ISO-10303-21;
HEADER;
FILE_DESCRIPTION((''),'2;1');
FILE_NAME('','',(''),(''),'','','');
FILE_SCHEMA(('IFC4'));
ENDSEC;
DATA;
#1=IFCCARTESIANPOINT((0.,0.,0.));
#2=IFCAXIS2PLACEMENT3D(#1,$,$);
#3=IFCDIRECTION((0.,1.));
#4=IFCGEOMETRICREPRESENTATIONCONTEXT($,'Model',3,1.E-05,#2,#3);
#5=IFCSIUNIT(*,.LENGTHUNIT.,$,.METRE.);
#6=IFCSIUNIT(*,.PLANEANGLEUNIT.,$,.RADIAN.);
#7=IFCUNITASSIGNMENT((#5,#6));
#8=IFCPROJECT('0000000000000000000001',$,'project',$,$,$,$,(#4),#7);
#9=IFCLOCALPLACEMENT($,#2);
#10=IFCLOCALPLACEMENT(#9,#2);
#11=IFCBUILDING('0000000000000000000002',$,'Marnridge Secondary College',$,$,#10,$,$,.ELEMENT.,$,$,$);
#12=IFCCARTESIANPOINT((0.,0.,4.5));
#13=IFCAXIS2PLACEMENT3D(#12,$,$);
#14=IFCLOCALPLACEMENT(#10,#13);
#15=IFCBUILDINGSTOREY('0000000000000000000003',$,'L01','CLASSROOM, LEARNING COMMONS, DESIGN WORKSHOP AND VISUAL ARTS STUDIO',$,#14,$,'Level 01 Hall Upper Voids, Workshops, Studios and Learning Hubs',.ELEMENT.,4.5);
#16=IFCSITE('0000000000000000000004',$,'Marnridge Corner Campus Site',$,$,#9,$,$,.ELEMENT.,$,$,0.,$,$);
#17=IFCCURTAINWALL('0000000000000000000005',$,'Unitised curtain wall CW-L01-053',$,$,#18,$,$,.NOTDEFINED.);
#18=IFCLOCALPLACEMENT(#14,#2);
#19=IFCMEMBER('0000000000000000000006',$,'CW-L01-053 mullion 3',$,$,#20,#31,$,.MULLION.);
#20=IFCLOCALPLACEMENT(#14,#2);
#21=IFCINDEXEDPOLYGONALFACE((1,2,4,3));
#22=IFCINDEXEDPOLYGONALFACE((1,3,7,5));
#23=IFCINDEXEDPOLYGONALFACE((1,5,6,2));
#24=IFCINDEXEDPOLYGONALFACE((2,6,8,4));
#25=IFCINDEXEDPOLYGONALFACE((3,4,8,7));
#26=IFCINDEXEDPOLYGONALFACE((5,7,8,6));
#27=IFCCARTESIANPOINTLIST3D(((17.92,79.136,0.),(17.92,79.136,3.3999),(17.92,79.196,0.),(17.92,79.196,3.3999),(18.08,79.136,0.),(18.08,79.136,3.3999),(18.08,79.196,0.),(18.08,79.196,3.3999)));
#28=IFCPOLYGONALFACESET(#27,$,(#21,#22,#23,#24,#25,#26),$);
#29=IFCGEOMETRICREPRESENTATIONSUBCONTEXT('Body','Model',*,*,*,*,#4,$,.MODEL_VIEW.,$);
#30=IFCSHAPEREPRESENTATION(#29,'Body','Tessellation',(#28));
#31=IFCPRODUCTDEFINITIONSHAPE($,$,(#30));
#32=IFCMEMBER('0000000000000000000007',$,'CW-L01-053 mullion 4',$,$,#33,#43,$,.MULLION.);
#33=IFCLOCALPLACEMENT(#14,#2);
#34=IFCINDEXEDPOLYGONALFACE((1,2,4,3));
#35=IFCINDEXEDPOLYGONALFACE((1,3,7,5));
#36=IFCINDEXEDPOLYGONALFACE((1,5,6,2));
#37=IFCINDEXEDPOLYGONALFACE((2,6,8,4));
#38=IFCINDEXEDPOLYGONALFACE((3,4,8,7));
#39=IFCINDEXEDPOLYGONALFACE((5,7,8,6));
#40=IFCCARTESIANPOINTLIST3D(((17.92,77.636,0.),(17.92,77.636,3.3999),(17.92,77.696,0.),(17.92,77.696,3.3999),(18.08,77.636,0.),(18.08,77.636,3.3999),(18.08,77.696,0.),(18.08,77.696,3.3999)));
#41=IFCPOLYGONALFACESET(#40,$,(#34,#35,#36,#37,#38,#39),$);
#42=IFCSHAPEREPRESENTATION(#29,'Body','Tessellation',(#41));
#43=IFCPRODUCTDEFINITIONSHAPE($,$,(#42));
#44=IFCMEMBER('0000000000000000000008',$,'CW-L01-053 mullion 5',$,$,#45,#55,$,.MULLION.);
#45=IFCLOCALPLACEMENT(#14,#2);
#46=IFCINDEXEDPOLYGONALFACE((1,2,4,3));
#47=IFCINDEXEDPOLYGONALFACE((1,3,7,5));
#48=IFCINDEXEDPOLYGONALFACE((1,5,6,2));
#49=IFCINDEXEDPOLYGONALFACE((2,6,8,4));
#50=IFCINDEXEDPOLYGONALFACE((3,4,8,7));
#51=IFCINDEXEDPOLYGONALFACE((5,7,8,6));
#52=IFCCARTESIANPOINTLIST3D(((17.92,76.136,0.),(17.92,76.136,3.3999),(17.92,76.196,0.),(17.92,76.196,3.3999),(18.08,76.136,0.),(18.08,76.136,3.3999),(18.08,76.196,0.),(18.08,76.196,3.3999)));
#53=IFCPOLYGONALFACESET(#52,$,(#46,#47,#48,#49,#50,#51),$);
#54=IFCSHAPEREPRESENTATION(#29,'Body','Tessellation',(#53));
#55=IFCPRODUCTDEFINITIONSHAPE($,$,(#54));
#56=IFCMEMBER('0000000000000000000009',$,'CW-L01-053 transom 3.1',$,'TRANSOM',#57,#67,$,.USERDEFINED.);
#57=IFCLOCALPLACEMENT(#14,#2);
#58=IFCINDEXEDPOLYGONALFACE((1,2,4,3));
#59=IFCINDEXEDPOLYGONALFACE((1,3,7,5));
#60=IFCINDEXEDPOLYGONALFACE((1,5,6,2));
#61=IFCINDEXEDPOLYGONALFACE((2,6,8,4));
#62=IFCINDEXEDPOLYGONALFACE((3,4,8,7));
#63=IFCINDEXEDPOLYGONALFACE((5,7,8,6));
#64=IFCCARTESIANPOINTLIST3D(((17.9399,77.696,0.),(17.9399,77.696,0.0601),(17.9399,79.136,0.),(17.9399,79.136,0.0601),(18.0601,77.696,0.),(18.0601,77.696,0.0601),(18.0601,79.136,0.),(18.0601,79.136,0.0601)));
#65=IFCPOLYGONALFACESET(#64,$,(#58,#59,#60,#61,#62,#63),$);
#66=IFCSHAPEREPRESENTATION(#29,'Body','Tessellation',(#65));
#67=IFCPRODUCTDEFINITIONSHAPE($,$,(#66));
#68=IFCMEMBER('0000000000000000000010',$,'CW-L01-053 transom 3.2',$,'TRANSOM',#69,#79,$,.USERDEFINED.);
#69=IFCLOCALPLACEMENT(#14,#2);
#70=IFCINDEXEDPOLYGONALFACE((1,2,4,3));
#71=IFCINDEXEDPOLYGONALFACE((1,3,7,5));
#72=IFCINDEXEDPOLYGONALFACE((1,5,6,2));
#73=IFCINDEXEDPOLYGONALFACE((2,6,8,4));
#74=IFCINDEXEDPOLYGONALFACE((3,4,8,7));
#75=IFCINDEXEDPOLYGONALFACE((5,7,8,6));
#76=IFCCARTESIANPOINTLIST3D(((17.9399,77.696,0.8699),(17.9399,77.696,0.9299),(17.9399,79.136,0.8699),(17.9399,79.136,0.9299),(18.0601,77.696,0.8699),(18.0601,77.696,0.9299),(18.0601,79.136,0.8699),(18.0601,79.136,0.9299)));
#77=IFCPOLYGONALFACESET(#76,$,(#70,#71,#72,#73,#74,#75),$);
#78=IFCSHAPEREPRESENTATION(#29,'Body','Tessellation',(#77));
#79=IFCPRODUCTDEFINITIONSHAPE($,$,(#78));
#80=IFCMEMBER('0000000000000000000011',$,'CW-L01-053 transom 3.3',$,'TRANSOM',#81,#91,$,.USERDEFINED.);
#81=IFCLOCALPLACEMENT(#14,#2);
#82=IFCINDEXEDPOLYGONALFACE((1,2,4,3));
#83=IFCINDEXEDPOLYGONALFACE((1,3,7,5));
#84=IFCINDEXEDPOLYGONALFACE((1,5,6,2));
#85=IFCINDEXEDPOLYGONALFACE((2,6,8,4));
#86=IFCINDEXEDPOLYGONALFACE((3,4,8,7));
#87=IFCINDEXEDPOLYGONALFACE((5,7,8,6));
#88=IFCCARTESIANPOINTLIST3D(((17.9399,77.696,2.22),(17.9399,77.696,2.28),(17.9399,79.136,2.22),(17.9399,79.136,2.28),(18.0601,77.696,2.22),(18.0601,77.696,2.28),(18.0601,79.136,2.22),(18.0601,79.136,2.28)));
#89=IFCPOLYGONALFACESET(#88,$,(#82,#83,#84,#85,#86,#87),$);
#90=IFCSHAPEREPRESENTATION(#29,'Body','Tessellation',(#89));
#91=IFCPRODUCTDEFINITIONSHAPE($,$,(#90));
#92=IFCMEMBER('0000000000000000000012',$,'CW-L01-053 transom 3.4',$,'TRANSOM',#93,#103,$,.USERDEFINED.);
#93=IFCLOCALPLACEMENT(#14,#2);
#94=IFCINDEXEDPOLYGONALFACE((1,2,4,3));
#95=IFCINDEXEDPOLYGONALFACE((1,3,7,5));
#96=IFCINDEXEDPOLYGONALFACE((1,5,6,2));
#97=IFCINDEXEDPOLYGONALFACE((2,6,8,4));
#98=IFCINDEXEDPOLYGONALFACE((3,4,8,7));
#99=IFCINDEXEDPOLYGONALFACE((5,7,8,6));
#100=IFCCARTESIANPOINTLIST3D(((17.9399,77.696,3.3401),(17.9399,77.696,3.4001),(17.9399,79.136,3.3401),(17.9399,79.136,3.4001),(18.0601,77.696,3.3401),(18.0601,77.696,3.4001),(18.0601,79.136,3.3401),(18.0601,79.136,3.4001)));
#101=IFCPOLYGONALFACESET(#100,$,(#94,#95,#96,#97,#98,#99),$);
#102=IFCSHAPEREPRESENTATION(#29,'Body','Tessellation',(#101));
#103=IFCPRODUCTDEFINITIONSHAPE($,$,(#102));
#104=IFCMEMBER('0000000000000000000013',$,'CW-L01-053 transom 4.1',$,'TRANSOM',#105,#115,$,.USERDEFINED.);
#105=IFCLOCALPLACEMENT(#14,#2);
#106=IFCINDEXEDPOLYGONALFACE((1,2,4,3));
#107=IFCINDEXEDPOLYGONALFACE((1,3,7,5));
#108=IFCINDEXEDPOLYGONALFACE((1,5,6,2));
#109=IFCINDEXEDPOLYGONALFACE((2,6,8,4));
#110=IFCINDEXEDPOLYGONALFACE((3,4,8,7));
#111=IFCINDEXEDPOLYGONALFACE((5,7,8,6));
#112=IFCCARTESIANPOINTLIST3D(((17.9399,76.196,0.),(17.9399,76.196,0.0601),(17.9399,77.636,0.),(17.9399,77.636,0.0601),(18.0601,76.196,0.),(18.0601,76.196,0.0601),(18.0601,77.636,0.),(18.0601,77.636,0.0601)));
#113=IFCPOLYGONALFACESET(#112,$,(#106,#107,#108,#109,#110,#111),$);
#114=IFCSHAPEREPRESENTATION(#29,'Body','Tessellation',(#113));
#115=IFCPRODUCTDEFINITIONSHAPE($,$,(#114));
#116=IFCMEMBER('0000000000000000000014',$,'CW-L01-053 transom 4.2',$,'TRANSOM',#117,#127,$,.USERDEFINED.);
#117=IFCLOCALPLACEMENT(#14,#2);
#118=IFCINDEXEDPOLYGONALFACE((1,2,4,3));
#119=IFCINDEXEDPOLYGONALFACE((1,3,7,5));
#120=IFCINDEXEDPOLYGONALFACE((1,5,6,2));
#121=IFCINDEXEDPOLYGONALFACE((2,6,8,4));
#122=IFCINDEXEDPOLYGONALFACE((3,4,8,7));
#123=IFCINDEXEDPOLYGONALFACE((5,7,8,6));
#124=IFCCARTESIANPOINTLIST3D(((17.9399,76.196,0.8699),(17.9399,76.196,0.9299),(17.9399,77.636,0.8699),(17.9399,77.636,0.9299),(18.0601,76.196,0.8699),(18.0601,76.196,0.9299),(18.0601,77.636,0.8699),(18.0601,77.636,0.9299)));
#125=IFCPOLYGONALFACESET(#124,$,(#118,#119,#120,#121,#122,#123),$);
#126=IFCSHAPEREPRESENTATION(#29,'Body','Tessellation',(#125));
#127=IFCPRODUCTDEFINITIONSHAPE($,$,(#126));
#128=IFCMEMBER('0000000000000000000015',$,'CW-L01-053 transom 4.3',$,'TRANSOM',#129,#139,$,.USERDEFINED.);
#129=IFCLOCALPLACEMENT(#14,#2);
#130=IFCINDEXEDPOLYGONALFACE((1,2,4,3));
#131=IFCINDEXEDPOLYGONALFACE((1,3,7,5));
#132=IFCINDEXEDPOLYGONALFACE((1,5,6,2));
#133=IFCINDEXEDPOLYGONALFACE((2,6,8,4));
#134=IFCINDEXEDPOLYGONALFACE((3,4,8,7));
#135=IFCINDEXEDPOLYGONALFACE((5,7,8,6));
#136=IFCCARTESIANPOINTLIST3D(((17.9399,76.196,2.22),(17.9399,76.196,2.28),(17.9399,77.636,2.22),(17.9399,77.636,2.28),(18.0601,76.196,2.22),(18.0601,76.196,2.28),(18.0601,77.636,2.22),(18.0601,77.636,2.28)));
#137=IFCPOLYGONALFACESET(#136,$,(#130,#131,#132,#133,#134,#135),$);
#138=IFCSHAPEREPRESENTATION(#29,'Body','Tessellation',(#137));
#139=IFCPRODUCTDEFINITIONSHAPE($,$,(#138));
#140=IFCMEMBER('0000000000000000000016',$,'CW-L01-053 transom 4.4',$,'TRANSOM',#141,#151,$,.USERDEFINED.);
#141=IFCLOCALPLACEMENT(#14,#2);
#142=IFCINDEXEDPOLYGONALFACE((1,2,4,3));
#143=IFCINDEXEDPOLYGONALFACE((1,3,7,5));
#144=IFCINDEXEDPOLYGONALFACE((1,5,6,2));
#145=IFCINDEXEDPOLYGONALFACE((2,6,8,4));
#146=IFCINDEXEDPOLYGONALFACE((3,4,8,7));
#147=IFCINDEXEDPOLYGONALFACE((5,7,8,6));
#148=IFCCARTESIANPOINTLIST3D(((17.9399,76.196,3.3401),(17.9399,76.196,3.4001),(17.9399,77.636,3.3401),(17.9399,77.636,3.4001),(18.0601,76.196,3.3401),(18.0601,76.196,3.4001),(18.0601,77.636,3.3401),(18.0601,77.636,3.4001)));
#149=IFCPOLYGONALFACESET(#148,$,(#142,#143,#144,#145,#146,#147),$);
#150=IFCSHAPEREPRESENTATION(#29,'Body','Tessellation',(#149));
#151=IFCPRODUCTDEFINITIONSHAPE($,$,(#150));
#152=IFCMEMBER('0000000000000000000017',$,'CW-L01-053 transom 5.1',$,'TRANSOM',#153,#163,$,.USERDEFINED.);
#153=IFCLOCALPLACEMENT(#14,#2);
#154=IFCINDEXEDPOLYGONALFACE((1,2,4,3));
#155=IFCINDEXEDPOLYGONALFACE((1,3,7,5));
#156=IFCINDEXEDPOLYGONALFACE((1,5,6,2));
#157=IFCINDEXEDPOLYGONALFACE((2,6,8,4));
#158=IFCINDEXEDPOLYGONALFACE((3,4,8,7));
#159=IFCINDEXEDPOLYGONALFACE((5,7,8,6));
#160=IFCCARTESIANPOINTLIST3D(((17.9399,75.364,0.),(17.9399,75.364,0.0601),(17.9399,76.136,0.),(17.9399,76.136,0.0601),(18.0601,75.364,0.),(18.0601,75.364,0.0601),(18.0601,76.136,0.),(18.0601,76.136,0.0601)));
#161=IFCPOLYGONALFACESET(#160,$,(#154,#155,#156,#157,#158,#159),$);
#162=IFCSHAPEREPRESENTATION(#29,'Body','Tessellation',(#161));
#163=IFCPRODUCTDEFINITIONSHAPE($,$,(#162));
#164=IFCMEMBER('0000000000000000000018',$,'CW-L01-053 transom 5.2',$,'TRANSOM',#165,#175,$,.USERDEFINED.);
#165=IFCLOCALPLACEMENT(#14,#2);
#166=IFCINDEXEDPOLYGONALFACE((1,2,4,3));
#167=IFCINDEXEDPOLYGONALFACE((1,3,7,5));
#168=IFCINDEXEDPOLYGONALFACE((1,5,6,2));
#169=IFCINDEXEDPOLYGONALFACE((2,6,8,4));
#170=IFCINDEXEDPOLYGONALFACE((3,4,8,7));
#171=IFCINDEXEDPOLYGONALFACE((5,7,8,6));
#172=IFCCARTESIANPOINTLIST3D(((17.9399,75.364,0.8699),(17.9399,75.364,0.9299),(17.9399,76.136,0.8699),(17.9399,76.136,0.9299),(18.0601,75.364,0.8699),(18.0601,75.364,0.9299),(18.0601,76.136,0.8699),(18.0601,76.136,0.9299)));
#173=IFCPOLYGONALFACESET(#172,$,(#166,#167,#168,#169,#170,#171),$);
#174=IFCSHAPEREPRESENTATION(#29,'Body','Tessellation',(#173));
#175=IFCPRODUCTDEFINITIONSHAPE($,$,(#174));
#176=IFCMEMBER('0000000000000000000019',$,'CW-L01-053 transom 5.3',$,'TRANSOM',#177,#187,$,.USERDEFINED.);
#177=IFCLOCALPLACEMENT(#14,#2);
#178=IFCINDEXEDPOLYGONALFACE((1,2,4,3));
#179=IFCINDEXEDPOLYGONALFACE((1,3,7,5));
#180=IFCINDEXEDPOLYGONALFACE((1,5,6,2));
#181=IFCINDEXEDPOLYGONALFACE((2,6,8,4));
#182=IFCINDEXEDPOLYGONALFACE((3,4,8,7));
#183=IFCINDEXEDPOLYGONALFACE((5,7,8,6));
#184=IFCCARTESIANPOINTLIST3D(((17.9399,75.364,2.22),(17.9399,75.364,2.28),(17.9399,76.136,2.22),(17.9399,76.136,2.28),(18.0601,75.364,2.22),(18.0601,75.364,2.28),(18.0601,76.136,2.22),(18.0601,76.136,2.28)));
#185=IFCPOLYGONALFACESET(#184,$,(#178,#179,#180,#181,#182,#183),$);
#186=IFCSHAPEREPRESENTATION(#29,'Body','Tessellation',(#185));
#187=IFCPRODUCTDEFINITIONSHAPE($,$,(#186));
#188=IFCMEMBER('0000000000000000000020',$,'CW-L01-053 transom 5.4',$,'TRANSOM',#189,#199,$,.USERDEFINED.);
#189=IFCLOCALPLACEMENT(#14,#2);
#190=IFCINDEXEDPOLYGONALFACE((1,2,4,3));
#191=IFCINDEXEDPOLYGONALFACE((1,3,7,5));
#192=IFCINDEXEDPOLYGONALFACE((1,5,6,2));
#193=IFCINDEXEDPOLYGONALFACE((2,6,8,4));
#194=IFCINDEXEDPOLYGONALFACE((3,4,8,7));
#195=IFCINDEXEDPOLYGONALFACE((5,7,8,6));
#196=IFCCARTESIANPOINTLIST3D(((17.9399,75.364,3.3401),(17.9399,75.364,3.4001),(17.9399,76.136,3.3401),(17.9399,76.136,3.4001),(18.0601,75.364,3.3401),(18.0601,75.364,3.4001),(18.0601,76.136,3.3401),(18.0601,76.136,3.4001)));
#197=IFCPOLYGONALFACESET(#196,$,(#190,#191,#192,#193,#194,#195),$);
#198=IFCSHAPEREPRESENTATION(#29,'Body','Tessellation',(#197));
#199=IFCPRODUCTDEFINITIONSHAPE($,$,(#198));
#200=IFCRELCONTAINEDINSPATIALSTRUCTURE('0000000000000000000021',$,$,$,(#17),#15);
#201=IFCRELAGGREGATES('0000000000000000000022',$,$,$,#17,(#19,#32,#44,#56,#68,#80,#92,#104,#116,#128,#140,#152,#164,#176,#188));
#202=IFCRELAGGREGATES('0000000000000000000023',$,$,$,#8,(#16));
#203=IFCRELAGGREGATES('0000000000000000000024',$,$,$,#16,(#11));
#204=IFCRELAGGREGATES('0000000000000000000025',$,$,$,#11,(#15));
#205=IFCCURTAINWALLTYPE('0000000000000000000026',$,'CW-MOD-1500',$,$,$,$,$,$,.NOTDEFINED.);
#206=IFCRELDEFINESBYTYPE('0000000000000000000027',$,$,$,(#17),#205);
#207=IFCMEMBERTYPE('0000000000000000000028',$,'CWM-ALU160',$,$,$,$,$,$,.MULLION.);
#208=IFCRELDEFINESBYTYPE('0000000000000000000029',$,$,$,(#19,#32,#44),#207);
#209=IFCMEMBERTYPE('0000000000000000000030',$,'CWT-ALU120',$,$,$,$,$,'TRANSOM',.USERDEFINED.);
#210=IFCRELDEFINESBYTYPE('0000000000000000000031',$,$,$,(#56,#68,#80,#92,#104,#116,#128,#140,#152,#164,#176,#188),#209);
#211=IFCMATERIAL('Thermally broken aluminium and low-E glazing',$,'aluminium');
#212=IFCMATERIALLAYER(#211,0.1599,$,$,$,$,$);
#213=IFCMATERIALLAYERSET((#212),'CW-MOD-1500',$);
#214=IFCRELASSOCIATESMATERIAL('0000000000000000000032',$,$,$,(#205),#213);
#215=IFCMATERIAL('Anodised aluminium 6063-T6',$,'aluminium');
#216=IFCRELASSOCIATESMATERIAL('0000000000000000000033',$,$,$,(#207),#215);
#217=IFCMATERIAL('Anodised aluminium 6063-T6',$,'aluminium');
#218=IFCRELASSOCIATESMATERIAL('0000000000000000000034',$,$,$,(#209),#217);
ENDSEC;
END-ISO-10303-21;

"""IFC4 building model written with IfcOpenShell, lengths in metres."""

from ifc_helpers import new_model, si_unit, direction, frame, origin, origin_2d, place, context, subcontext, project, spatial, rectangle, extrude, material, layer, layer_set, material_profile, profile_set, type_object, element, aggregate, save


model = new_model("IFC4")

# Units and contexts
model_context = context("Model", 3, precision=1e-05, world=origin(), true_north=direction((0.0, 1.0)))
body_context = subcontext(model_context, "Body", "Model", "MODEL_VIEW")
ifc_project = project(units=[si_unit("LENGTHUNIT", "METRE"), si_unit("PLANEANGLEUNIT", "RADIAN")], contexts=[model_context])

# Site, building, storey
site_placement = place(None, origin())
site = spatial("IfcSite", under=ifc_project, at=site_placement, Name="Marnridge Corner Campus Site", CompositionType="ELEMENT", RefElevation=0.0)
building_placement = place(site_placement, origin())
building = spatial("IfcBuilding", under=site, at=building_placement, Name="Marnridge Secondary College", CompositionType="ELEMENT")
storey_placement = place(building_placement, frame((0.0, 0.0, 4.5)))
storey = spatial("IfcBuildingStorey", under=building, at=storey_placement, Name="L01", Description="CLASSROOM, LEARNING COMMONS, DESIGN WORKSHOP AND VISUAL ARTS STUDIO", LongName="Level 01 Hall Upper Voids, Workshops, Studios and Learning Hubs", CompositionType="ELEMENT", Elevation=4.5)

# Curtain wall, members
ifc_material_1 = material(Name="Thermally broken aluminium and low-E glazing", Category="aluminium")
ifc_layer_1 = layer(ifc_material_1, 0.1599)
ifc_layer_set_1 = layer_set([ifc_layer_1], Name="CW-MOD-1500")
curtain_wall_type = type_object("IfcCurtainWallType", Name="CW-MOD-1500", PredefinedType="NOTDEFINED", material=ifc_layer_set_1)
curtain_wall_placement = place(storey_placement, origin())
curtain_wall = element("IfcCurtainWall", 1, at=curtain_wall_placement, inside=storey, type_object=curtain_wall_type, Name="Unitised curtain wall CW-L01-053", PredefinedType="NOTDEFINED")
ifc_material_2 = material(Name="Anodised aluminium 6063-T6", Category="aluminium")
ifc_material_profile_1 = material_profile(ifc_material_2, rectangle(XDim=0.0601, YDim=0.1599, at=origin_2d()), Name="ALU 60x160")
ifc_profile_set_1 = profile_set([ifc_material_profile_1], Name="Anodised aluminium 6063-T6")
member_type_1 = type_object("IfcMemberType", Name="CWM-ALU160", PredefinedType="MULLION", material=ifc_profile_set_1)
member_1_placement = place(storey_placement, frame((18.0, 79.166, 0.0), z_axis=(0.0, 0.0, 1.0), x_axis=(0.0, -1.0, 0.0)))
member_1 = element("IfcMember", 2, at=member_1_placement, type_object=member_type_1, Name="CW-L01-053 mullion 3", PredefinedType="MULLION", context=body_context, shape_type="SweptSolid", body=[
    extrude(rectangle(XDim=0.0601, YDim=0.1599, at=origin_2d()), origin(), (0.0, 0.0, 1.0), 3.3999),
])
member_2_placement = place(storey_placement, frame((18.0, 77.666, 0.0), z_axis=(0.0, 0.0, 1.0), x_axis=(0.0, -1.0, 0.0)))
member_2 = element("IfcMember", 3, at=member_2_placement, type_object=member_type_1, Name="CW-L01-053 mullion 4", PredefinedType="MULLION", context=body_context, shape_type="SweptSolid", body=[
    extrude(rectangle(XDim=0.0601, YDim=0.1599, at=origin_2d()), origin(), (0.0, 0.0, 1.0), 3.3999),
])
member_3_placement = place(storey_placement, frame((18.0, 76.166, 0.0), z_axis=(0.0, 0.0, 1.0), x_axis=(0.0, -1.0, 0.0)))
member_3 = element("IfcMember", 4, at=member_3_placement, type_object=member_type_1, Name="CW-L01-053 mullion 5", PredefinedType="MULLION", context=body_context, shape_type="SweptSolid", body=[
    extrude(rectangle(XDim=0.0601, YDim=0.1599, at=origin_2d()), origin(), (0.0, 0.0, 1.0), 3.3999),
])
ifc_material_3 = material(Name="Anodised aluminium 6063-T6", Category="aluminium")
ifc_material_profile_2 = material_profile(ifc_material_3, rectangle(XDim=0.0601, YDim=0.1201, at=origin_2d()), Name="ALU 60x120")
ifc_profile_set_2 = profile_set([ifc_material_profile_2], Name="Anodised aluminium 6063-T6")
member_type_2 = type_object("IfcMemberType", Name="CWT-ALU120", ElementType="TRANSOM", PredefinedType="USERDEFINED", material=ifc_profile_set_2)
member_4_placement = place(storey_placement, frame((18.0, 79.136, 0.03), z_axis=(0.0, -1.0, 0.0), x_axis=(0.0, 0.0, 1.0)))
member_4 = element("IfcMember", 5, at=member_4_placement, type_object=member_type_2, Name="CW-L01-053 transom 3.1", ObjectType="TRANSOM", PredefinedType="USERDEFINED", context=body_context, shape_type="SweptSolid", body=[
    extrude(rectangle(XDim=0.0601, YDim=0.1201, at=origin_2d()), origin(), (0.0, 0.0, 1.0), 1.4399),
])
member_5_placement = place(storey_placement, frame((18.0, 79.136, 0.8999), z_axis=(0.0, -1.0, 0.0), x_axis=(0.0, 0.0, 1.0)))
member_5 = element("IfcMember", 6, at=member_5_placement, type_object=member_type_2, Name="CW-L01-053 transom 3.2", ObjectType="TRANSOM", PredefinedType="USERDEFINED", context=body_context, shape_type="SweptSolid", body=[
    extrude(rectangle(XDim=0.0601, YDim=0.1201, at=origin_2d()), origin(), (0.0, 0.0, 1.0), 1.4399),
])
member_6_placement = place(storey_placement, frame((18.0, 79.136, 2.25), z_axis=(0.0, -1.0, 0.0), x_axis=(0.0, 0.0, 1.0)))
member_6 = element("IfcMember", 7, at=member_6_placement, type_object=member_type_2, Name="CW-L01-053 transom 3.3", ObjectType="TRANSOM", PredefinedType="USERDEFINED", context=body_context, shape_type="SweptSolid", body=[
    extrude(rectangle(XDim=0.0601, YDim=0.1201, at=origin_2d()), origin(), (0.0, 0.0, 1.0), 1.4399),
])
member_7_placement = place(storey_placement, frame((18.0, 79.136, 3.3701), z_axis=(0.0, -1.0, 0.0), x_axis=(0.0, 0.0, 1.0)))
member_7 = element("IfcMember", 8, at=member_7_placement, type_object=member_type_2, Name="CW-L01-053 transom 3.4", ObjectType="TRANSOM", PredefinedType="USERDEFINED", context=body_context, shape_type="SweptSolid", body=[
    extrude(rectangle(XDim=0.0601, YDim=0.1201, at=origin_2d()), origin(), (0.0, 0.0, 1.0), 1.4399),
])
member_8_placement = place(storey_placement, frame((18.0, 77.636, 0.03), z_axis=(0.0, -1.0, 0.0), x_axis=(0.0, 0.0, 1.0)))
member_8 = element("IfcMember", 9, at=member_8_placement, type_object=member_type_2, Name="CW-L01-053 transom 4.1", ObjectType="TRANSOM", PredefinedType="USERDEFINED", context=body_context, shape_type="SweptSolid", body=[
    extrude(rectangle(XDim=0.0601, YDim=0.1201, at=origin_2d()), origin(), (0.0, 0.0, 1.0), 1.4399),
])
member_9_placement = place(storey_placement, frame((18.0, 77.636, 0.8999), z_axis=(0.0, -1.0, 0.0), x_axis=(0.0, 0.0, 1.0)))
member_9 = element("IfcMember", 10, at=member_9_placement, type_object=member_type_2, Name="CW-L01-053 transom 4.2", ObjectType="TRANSOM", PredefinedType="USERDEFINED", context=body_context, shape_type="SweptSolid", body=[
    extrude(rectangle(XDim=0.0601, YDim=0.1201, at=origin_2d()), origin(), (0.0, 0.0, 1.0), 1.4399),
])
member_10_placement = place(storey_placement, frame((18.0, 77.636, 2.25), z_axis=(0.0, -1.0, 0.0), x_axis=(0.0, 0.0, 1.0)))
member_10 = element("IfcMember", 11, at=member_10_placement, type_object=member_type_2, Name="CW-L01-053 transom 4.3", ObjectType="TRANSOM", PredefinedType="USERDEFINED", context=body_context, shape_type="SweptSolid", body=[
    extrude(rectangle(XDim=0.0601, YDim=0.1201, at=origin_2d()), origin(), (0.0, 0.0, 1.0), 1.4399),
])
member_11_placement = place(storey_placement, frame((18.0, 77.636, 3.3701), z_axis=(0.0, -1.0, 0.0), x_axis=(0.0, 0.0, 1.0)))
member_11 = element("IfcMember", 12, at=member_11_placement, type_object=member_type_2, Name="CW-L01-053 transom 4.4", ObjectType="TRANSOM", PredefinedType="USERDEFINED", context=body_context, shape_type="SweptSolid", body=[
    extrude(rectangle(XDim=0.0601, YDim=0.1201, at=origin_2d()), origin(), (0.0, 0.0, 1.0), 1.4399),
])
member_12_placement = place(storey_placement, frame((18.0, 76.136, 0.03), z_axis=(0.0, -1.0, 0.0), x_axis=(0.0, 0.0, 1.0)))
member_12 = element("IfcMember", 13, at=member_12_placement, type_object=member_type_2, Name="CW-L01-053 transom 5.1", ObjectType="TRANSOM", PredefinedType="USERDEFINED", context=body_context, shape_type="SweptSolid", body=[
    extrude(rectangle(XDim=0.0601, YDim=0.1201, at=origin_2d()), origin(), (0.0, 0.0, 1.0), 0.772),
])
member_13_placement = place(storey_placement, frame((18.0, 76.136, 0.8999), z_axis=(0.0, -1.0, 0.0), x_axis=(0.0, 0.0, 1.0)))
member_13 = element("IfcMember", 14, at=member_13_placement, type_object=member_type_2, Name="CW-L01-053 transom 5.2", ObjectType="TRANSOM", PredefinedType="USERDEFINED", context=body_context, shape_type="SweptSolid", body=[
    extrude(rectangle(XDim=0.0601, YDim=0.1201, at=origin_2d()), origin(), (0.0, 0.0, 1.0), 0.772),
])
member_14_placement = place(storey_placement, frame((18.0, 76.136, 2.25), z_axis=(0.0, -1.0, 0.0), x_axis=(0.0, 0.0, 1.0)))
member_14 = element("IfcMember", 15, at=member_14_placement, type_object=member_type_2, Name="CW-L01-053 transom 5.3", ObjectType="TRANSOM", PredefinedType="USERDEFINED", context=body_context, shape_type="SweptSolid", body=[
    extrude(rectangle(XDim=0.0601, YDim=0.1201, at=origin_2d()), origin(), (0.0, 0.0, 1.0), 0.772),
])
member_15_placement = place(storey_placement, frame((18.0, 76.136, 3.3701), z_axis=(0.0, -1.0, 0.0), x_axis=(0.0, 0.0, 1.0)))
member_15 = element("IfcMember", 16, at=member_15_placement, type_object=member_type_2, Name="CW-L01-053 transom 5.4", ObjectType="TRANSOM", PredefinedType="USERDEFINED", context=body_context, shape_type="SweptSolid", body=[
    extrude(rectangle(XDim=0.0601, YDim=0.1201, at=origin_2d()), origin(), (0.0, 0.0, 1.0), 0.772),
])
aggregate(curtain_wall, [member_1, member_2, member_3, member_4, member_5, member_6, member_7, member_8, member_9, member_10, member_11, member_12, member_13, member_14, member_15])

save(model, "model.ifc")
